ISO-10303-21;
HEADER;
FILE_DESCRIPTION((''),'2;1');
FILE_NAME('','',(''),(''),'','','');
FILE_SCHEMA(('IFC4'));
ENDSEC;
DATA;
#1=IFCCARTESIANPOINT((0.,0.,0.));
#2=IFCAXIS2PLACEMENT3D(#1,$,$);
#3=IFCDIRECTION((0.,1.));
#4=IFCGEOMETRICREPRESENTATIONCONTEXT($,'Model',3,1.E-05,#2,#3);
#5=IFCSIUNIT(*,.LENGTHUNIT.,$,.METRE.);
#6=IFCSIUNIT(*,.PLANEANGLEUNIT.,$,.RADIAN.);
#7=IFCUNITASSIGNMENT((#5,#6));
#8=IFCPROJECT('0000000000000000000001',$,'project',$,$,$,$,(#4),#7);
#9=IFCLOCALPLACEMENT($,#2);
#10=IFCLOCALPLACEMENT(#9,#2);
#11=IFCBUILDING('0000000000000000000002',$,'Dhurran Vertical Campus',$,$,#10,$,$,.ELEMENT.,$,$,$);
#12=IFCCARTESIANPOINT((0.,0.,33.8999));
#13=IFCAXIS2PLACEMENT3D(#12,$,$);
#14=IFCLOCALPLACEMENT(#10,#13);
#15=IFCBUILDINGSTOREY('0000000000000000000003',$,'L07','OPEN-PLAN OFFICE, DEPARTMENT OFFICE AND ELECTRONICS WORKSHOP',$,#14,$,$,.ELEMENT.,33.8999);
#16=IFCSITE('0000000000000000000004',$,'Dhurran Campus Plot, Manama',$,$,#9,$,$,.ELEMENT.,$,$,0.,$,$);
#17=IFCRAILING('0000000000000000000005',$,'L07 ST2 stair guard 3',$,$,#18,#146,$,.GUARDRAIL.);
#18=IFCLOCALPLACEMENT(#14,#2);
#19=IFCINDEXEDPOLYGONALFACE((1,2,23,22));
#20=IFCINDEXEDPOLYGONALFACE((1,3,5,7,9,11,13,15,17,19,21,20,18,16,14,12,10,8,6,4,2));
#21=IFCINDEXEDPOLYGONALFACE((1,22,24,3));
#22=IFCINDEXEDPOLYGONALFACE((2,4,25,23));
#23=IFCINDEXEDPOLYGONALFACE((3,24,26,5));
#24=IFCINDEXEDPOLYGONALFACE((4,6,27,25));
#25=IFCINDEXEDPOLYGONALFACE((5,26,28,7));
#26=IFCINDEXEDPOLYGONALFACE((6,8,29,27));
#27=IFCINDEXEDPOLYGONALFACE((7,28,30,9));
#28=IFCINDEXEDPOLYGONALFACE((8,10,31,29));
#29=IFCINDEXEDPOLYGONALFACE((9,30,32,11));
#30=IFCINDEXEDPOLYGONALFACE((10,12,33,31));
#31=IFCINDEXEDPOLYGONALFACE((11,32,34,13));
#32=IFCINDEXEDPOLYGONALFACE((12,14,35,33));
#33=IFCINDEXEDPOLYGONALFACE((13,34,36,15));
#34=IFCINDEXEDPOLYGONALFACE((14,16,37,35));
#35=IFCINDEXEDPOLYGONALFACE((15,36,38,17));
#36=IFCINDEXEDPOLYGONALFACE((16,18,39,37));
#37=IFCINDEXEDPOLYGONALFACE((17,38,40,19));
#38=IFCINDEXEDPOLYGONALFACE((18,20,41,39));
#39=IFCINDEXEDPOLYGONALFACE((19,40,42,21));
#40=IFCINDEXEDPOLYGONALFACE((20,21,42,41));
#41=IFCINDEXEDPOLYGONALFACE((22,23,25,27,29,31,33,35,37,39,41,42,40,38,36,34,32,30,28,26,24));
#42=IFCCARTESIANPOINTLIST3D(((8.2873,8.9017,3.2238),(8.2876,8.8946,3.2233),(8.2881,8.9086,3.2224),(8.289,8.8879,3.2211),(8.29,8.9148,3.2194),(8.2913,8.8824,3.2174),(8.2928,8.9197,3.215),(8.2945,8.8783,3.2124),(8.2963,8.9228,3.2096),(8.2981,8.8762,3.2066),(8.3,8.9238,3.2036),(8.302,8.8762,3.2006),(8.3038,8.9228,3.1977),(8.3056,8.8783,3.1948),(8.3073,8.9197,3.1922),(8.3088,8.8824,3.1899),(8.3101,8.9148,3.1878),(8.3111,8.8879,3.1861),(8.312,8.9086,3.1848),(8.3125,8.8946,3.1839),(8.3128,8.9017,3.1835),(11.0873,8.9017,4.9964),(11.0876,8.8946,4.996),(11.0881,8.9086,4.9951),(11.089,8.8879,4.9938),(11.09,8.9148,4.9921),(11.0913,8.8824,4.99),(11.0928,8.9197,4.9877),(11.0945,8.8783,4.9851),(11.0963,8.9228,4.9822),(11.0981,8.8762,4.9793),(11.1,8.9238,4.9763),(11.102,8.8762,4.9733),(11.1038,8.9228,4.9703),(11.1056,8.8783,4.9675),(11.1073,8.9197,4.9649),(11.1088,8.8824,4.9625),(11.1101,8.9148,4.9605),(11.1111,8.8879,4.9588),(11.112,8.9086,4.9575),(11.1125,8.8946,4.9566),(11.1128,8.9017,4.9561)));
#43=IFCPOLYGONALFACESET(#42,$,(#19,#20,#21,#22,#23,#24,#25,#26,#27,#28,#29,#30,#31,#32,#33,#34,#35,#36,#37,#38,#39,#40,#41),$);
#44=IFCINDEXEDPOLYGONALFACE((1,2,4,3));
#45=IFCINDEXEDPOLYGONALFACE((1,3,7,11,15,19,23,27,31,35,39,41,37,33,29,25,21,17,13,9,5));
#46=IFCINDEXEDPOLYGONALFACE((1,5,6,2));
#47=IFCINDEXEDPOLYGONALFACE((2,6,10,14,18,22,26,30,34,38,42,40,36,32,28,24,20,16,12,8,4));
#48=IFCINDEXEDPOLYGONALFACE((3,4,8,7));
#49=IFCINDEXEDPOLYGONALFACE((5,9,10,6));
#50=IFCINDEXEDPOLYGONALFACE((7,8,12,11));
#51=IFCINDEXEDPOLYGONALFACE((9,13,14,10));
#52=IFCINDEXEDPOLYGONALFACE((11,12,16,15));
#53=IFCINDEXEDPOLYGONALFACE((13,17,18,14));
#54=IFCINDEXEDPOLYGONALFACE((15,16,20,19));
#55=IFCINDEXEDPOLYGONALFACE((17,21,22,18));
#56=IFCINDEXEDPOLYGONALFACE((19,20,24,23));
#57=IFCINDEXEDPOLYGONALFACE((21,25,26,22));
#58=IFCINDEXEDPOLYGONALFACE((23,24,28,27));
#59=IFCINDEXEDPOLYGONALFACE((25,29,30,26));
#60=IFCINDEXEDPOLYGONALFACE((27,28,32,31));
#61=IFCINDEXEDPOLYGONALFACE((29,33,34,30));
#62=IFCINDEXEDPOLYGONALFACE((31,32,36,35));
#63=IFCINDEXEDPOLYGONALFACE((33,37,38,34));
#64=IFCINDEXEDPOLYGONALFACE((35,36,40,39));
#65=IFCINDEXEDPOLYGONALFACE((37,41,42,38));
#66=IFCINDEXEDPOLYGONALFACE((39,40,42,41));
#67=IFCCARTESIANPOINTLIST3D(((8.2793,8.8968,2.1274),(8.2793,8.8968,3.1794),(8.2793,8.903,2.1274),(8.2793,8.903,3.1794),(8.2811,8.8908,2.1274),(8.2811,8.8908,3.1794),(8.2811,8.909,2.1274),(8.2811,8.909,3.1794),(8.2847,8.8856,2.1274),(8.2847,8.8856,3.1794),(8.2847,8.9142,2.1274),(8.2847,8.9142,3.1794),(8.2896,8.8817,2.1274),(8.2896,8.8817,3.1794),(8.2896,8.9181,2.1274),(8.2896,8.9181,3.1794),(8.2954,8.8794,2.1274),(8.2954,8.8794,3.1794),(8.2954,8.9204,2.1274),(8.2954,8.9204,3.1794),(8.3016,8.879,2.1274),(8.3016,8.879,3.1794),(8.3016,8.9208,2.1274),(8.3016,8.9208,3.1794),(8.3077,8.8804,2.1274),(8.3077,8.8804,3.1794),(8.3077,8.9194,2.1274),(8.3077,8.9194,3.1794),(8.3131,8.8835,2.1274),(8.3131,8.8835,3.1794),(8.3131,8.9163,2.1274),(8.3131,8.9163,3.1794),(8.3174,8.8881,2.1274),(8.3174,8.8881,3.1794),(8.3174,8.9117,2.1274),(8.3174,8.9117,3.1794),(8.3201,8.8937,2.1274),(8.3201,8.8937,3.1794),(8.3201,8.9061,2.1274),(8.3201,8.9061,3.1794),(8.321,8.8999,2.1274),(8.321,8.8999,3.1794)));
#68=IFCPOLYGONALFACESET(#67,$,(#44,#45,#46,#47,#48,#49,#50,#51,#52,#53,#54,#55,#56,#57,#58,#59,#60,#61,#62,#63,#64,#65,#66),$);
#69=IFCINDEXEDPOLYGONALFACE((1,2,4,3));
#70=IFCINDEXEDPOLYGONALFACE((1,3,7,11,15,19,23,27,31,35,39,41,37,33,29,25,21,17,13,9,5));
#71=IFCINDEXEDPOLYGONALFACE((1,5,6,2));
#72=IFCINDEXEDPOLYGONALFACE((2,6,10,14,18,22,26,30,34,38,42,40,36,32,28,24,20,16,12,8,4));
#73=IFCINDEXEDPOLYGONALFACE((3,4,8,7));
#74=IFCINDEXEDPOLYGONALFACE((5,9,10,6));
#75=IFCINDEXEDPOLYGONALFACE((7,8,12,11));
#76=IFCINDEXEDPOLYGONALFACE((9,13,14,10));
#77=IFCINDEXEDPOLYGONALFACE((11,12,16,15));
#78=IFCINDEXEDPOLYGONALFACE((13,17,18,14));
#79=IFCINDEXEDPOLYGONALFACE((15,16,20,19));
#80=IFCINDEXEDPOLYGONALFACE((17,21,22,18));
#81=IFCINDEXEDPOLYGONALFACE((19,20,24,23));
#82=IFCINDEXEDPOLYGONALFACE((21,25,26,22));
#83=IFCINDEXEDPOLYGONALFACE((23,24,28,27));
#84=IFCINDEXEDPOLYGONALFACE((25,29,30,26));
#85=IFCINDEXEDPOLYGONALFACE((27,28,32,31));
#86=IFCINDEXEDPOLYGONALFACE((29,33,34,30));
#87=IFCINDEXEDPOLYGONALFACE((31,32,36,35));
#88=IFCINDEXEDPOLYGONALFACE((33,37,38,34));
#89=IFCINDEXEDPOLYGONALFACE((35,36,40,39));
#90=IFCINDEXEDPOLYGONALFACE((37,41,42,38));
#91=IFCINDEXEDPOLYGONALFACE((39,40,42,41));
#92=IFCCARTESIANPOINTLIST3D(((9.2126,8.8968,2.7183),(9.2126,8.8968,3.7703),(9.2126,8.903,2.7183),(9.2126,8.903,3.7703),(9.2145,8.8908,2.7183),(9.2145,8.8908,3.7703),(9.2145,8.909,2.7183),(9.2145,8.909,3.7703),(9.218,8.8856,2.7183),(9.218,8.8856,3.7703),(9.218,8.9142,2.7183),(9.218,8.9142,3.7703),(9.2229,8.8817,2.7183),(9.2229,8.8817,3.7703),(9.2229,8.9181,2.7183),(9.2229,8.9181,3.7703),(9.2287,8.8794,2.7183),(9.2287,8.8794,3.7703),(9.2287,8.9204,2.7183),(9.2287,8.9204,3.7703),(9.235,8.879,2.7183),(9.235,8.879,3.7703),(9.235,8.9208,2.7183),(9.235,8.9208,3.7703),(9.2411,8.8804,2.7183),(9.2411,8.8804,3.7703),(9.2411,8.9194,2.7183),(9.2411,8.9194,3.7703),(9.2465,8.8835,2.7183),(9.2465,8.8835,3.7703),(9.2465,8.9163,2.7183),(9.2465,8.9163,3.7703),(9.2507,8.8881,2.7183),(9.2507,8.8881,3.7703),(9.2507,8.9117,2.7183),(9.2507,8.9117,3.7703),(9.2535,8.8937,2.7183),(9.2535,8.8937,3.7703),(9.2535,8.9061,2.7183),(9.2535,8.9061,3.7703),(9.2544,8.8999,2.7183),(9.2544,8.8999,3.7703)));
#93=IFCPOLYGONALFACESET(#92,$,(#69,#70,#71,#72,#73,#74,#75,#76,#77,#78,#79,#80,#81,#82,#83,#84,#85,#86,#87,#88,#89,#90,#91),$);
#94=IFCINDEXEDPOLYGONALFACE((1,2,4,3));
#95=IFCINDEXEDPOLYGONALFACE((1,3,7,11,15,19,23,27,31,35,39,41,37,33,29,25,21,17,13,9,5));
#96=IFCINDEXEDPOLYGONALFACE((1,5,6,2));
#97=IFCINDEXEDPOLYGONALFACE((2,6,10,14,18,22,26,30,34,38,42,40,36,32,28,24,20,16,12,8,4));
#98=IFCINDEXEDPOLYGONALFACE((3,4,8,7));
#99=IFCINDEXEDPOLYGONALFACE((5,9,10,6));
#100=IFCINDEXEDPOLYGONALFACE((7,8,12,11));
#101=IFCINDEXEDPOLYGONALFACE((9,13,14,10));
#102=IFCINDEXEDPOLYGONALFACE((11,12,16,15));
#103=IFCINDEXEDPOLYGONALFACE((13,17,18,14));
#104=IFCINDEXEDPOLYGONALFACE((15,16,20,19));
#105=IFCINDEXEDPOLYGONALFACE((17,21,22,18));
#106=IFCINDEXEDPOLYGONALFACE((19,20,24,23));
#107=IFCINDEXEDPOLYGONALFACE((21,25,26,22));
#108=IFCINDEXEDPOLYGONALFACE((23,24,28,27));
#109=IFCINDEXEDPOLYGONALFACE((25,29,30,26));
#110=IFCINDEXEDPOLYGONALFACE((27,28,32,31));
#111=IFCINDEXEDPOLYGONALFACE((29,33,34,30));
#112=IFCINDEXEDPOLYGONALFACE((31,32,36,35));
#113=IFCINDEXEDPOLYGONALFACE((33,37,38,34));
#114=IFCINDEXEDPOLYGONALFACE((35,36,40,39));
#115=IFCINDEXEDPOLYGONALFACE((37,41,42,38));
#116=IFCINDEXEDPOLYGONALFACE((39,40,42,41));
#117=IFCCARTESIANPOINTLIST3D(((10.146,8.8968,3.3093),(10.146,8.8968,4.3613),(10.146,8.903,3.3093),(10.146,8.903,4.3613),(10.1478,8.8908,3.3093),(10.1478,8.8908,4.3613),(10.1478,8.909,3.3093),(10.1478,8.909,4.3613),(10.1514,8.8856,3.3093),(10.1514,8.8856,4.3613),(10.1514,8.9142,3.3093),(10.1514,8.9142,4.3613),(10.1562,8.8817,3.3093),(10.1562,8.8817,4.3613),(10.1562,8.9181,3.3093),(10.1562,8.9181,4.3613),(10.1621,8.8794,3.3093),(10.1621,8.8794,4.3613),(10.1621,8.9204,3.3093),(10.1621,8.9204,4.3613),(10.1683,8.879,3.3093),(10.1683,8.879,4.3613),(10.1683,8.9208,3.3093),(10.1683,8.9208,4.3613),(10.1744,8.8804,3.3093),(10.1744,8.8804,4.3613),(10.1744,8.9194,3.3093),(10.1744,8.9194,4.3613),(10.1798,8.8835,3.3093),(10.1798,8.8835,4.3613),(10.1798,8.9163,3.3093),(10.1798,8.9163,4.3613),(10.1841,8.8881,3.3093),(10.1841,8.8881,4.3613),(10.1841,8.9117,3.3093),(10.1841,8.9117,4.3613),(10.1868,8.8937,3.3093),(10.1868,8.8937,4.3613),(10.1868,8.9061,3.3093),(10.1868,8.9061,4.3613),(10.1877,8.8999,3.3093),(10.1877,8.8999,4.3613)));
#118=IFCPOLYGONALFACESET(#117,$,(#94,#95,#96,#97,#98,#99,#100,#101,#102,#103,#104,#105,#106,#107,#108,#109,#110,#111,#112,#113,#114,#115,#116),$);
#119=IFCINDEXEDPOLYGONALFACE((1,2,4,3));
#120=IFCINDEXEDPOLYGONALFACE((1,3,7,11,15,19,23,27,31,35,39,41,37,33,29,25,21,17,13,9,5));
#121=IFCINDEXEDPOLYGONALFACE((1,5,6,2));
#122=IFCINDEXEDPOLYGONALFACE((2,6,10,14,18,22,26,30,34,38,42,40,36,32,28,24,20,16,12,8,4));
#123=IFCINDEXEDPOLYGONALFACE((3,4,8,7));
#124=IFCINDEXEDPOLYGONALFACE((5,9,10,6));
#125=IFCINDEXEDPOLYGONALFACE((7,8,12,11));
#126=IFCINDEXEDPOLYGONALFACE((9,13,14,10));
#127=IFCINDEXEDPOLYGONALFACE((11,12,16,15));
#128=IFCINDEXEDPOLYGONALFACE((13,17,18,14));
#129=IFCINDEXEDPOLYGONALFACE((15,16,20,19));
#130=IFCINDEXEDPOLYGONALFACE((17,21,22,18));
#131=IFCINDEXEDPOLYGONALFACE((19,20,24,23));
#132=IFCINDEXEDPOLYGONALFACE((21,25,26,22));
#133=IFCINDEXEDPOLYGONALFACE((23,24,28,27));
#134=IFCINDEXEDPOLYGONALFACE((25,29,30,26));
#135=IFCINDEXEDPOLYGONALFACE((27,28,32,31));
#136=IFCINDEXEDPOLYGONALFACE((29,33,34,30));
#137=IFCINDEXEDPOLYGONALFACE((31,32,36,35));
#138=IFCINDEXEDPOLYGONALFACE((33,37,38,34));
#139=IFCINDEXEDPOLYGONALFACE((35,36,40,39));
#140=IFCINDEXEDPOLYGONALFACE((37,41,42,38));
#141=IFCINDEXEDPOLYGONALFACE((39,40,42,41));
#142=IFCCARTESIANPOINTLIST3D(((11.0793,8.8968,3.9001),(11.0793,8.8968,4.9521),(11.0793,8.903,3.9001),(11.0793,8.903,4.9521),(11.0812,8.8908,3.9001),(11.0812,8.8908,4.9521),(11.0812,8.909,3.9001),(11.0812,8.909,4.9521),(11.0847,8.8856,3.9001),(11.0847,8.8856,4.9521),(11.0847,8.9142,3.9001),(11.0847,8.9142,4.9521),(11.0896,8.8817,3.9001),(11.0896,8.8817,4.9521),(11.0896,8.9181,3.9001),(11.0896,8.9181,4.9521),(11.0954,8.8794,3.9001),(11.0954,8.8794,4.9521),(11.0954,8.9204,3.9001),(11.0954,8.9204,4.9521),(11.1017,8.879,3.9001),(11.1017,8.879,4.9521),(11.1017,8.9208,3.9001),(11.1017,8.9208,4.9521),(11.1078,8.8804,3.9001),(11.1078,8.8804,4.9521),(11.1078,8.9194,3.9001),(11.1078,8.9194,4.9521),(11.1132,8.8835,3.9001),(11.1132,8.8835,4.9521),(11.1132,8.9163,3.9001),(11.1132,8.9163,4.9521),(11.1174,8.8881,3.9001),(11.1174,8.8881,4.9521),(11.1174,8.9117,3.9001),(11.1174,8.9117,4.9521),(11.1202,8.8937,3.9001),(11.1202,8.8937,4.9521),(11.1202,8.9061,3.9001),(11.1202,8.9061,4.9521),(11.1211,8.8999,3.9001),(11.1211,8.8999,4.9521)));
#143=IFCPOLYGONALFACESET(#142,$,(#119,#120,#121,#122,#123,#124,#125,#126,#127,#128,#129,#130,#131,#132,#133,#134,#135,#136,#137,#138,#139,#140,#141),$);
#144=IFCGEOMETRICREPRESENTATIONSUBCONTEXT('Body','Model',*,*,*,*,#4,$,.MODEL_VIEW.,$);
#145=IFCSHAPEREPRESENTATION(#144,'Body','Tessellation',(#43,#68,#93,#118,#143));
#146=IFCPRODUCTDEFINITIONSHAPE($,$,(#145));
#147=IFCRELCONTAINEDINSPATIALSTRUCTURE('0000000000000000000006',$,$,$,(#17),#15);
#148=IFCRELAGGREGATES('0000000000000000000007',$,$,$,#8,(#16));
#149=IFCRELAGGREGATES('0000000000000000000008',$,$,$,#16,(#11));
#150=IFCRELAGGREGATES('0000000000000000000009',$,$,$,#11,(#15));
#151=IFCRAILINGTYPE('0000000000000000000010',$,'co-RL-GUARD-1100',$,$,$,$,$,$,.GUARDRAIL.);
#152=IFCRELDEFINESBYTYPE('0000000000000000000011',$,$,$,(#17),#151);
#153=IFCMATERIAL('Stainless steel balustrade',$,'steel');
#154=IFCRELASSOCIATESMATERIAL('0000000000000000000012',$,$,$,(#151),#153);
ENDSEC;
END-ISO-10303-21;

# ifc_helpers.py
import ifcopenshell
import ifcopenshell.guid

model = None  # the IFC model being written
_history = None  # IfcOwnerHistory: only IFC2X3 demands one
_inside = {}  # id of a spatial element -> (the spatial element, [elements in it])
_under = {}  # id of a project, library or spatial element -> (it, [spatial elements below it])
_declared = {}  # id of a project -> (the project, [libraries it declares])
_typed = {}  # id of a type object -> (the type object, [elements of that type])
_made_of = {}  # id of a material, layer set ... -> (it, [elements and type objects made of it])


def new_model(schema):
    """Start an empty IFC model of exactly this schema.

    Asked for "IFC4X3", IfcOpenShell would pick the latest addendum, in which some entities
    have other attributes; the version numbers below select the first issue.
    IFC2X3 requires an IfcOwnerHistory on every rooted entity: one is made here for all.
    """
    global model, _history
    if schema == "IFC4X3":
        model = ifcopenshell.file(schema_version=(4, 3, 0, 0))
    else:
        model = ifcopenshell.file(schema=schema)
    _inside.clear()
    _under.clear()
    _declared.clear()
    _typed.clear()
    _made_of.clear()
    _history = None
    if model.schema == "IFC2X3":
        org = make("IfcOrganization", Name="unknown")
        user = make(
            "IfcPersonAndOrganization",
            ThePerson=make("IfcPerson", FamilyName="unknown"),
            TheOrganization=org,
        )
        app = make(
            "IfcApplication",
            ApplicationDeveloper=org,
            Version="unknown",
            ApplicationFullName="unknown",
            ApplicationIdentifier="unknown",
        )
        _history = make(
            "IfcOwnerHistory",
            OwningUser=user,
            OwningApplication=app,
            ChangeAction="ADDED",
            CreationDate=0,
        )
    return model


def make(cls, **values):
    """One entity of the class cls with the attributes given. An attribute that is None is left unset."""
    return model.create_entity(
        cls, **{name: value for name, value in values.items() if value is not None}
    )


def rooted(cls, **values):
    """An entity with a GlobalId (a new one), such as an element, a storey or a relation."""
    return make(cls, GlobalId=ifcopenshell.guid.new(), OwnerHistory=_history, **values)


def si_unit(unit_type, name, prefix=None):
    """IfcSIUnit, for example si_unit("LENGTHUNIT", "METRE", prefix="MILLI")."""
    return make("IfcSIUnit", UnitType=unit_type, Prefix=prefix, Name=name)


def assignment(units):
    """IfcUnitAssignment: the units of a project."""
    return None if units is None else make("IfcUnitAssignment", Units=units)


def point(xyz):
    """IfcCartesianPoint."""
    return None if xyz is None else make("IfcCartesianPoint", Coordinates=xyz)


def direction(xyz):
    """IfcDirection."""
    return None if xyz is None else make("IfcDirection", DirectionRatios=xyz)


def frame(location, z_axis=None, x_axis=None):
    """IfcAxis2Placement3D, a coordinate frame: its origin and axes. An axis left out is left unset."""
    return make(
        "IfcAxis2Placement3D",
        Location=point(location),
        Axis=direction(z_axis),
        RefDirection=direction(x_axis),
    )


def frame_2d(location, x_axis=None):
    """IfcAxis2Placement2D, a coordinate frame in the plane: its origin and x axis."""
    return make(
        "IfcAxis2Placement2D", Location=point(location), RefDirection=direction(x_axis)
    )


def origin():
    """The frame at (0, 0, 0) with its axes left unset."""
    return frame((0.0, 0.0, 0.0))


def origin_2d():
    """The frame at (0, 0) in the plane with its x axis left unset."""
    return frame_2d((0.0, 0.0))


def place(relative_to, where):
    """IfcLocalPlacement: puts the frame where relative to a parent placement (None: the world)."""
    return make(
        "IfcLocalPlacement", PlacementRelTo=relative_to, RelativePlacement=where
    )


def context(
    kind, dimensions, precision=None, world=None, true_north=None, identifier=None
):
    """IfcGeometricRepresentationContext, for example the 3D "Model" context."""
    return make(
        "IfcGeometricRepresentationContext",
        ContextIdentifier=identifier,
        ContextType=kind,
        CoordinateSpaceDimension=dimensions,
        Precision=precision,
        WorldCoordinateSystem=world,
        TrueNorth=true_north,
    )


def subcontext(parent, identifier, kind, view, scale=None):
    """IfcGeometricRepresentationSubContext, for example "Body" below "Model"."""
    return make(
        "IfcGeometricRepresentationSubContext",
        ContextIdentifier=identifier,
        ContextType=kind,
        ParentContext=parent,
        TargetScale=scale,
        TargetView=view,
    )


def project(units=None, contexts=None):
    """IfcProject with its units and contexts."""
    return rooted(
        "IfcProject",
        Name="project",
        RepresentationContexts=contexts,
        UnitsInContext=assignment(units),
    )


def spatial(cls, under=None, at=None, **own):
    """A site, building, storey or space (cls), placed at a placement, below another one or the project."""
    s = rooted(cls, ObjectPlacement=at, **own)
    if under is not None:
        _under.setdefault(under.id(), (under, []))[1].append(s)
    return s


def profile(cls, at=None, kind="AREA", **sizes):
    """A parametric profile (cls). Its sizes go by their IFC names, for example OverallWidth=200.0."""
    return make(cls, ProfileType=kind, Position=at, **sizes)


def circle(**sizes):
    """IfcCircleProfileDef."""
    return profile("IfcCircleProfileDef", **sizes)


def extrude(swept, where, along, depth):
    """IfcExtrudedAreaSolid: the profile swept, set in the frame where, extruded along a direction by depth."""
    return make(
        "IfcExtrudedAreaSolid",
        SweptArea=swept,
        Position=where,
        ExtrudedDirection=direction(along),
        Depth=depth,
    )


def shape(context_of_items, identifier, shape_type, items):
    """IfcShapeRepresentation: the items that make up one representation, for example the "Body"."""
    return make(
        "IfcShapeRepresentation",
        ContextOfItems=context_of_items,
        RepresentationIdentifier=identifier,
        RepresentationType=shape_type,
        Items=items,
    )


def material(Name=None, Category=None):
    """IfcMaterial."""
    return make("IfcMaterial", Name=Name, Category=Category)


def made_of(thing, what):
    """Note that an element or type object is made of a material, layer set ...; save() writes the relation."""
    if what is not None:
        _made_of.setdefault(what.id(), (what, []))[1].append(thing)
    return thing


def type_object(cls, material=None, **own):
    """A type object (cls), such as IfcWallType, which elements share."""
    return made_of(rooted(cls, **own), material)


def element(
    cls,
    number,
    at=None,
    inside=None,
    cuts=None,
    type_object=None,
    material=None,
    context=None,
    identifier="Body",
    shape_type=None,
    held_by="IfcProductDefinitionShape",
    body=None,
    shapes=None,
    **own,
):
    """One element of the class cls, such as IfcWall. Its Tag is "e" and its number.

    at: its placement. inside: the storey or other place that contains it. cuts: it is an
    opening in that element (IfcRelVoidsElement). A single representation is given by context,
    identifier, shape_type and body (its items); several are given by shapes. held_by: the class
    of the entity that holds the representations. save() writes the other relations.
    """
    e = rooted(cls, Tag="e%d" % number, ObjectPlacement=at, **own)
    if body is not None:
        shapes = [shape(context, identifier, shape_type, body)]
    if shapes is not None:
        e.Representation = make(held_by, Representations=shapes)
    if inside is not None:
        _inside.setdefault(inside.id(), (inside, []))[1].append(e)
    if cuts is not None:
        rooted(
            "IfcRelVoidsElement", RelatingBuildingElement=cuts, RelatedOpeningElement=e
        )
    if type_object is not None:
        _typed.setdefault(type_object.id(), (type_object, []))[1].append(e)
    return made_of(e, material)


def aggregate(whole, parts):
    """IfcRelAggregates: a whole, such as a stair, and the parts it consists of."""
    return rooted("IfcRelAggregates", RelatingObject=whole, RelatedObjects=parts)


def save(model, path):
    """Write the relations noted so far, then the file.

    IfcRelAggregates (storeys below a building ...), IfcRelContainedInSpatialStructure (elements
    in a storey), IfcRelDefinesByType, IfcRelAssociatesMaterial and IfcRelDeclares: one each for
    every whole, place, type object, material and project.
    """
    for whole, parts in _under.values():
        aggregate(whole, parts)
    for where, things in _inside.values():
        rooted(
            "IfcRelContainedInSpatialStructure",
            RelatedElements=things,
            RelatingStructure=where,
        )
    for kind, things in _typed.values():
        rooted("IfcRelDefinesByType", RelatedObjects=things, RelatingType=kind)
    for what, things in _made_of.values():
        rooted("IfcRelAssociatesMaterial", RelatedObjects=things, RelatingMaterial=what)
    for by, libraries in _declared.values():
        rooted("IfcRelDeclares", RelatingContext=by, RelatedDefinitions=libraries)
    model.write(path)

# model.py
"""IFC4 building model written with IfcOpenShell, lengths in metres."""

from ifc_helpers import new_model, si_unit, direction, frame, origin, origin_2d, place, context, subcontext, project, spatial, circle, extrude, material, type_object, element, save


model = new_model("IFC4")

# Units and contexts
model_context = context("Model", 3, precision=1e-05, world=origin(), true_north=direction((0.0, 1.0)))
body_context = subcontext(model_context, "Body", "Model", "MODEL_VIEW")
ifc_project = project(units=[si_unit("LENGTHUNIT", "METRE"), si_unit("PLANEANGLEUNIT", "RADIAN")], contexts=[model_context])

# Site, building, storey
site_placement = place(None, origin())
site = spatial("IfcSite", under=ifc_project, at=site_placement, Name="Dhurran Campus Plot, Manama", CompositionType="ELEMENT", RefElevation=0.0)
building_placement = place(site_placement, origin())
building = spatial("IfcBuilding", under=site, at=building_placement, Name="Dhurran Vertical Campus", CompositionType="ELEMENT")
storey_placement = place(building_placement, frame((0.0, 0.0, 33.8999)))
storey = spatial("IfcBuildingStorey", under=building, at=storey_placement, Name="L07", Description="OPEN-PLAN OFFICE, DEPARTMENT OFFICE AND ELECTRONICS WORKSHOP", CompositionType="ELEMENT", Elevation=33.8999)

# Railing
ifc_material_1 = material(Name="Stainless steel balustrade", Category="steel")
railing_type_1 = type_object("IfcRailingType", Name="co-RL-GUARD-1100", PredefinedType="GUARDRAIL", material=ifc_material_1)
railing_1_placement = place(storey_placement, frame((8.3, 8.8999, 2.1274)))
element("IfcRailing", 1, at=railing_1_placement, inside=storey, type_object=railing_type_1, Name="L07 ST2 stair guard 3", PredefinedType="GUARDRAIL", context=body_context, shape_type="SweptSolid", body=[
    extrude(circle(Radius=0.0239, at=origin_2d()), frame((0.0, 0.0, 1.0762), z_axis=(0.844909, 0.0, 0.53491), x_axis=(0.0, 1.0, 0.0)), (0.0, 0.0, 1.0), 3.314),
    extrude(circle(Radius=0.021, at=origin_2d()), origin(), (0.0, 0.0, 1.0), 1.052),
    extrude(circle(Radius=0.021, at=origin_2d()), frame((0.9333, 0.0, 0.5908)), (0.0, 0.0, 1.0), 1.052),
    extrude(circle(Radius=0.021, at=origin_2d()), frame((1.8667, 0.0, 1.1819)), (0.0, 0.0, 1.0), 1.052),
    extrude(circle(Radius=0.021, at=origin_2d()), frame((2.8, 0.0, 1.7727)), (0.0, 0.0, 1.0), 1.052),
])

save(model, "model.ifc")
